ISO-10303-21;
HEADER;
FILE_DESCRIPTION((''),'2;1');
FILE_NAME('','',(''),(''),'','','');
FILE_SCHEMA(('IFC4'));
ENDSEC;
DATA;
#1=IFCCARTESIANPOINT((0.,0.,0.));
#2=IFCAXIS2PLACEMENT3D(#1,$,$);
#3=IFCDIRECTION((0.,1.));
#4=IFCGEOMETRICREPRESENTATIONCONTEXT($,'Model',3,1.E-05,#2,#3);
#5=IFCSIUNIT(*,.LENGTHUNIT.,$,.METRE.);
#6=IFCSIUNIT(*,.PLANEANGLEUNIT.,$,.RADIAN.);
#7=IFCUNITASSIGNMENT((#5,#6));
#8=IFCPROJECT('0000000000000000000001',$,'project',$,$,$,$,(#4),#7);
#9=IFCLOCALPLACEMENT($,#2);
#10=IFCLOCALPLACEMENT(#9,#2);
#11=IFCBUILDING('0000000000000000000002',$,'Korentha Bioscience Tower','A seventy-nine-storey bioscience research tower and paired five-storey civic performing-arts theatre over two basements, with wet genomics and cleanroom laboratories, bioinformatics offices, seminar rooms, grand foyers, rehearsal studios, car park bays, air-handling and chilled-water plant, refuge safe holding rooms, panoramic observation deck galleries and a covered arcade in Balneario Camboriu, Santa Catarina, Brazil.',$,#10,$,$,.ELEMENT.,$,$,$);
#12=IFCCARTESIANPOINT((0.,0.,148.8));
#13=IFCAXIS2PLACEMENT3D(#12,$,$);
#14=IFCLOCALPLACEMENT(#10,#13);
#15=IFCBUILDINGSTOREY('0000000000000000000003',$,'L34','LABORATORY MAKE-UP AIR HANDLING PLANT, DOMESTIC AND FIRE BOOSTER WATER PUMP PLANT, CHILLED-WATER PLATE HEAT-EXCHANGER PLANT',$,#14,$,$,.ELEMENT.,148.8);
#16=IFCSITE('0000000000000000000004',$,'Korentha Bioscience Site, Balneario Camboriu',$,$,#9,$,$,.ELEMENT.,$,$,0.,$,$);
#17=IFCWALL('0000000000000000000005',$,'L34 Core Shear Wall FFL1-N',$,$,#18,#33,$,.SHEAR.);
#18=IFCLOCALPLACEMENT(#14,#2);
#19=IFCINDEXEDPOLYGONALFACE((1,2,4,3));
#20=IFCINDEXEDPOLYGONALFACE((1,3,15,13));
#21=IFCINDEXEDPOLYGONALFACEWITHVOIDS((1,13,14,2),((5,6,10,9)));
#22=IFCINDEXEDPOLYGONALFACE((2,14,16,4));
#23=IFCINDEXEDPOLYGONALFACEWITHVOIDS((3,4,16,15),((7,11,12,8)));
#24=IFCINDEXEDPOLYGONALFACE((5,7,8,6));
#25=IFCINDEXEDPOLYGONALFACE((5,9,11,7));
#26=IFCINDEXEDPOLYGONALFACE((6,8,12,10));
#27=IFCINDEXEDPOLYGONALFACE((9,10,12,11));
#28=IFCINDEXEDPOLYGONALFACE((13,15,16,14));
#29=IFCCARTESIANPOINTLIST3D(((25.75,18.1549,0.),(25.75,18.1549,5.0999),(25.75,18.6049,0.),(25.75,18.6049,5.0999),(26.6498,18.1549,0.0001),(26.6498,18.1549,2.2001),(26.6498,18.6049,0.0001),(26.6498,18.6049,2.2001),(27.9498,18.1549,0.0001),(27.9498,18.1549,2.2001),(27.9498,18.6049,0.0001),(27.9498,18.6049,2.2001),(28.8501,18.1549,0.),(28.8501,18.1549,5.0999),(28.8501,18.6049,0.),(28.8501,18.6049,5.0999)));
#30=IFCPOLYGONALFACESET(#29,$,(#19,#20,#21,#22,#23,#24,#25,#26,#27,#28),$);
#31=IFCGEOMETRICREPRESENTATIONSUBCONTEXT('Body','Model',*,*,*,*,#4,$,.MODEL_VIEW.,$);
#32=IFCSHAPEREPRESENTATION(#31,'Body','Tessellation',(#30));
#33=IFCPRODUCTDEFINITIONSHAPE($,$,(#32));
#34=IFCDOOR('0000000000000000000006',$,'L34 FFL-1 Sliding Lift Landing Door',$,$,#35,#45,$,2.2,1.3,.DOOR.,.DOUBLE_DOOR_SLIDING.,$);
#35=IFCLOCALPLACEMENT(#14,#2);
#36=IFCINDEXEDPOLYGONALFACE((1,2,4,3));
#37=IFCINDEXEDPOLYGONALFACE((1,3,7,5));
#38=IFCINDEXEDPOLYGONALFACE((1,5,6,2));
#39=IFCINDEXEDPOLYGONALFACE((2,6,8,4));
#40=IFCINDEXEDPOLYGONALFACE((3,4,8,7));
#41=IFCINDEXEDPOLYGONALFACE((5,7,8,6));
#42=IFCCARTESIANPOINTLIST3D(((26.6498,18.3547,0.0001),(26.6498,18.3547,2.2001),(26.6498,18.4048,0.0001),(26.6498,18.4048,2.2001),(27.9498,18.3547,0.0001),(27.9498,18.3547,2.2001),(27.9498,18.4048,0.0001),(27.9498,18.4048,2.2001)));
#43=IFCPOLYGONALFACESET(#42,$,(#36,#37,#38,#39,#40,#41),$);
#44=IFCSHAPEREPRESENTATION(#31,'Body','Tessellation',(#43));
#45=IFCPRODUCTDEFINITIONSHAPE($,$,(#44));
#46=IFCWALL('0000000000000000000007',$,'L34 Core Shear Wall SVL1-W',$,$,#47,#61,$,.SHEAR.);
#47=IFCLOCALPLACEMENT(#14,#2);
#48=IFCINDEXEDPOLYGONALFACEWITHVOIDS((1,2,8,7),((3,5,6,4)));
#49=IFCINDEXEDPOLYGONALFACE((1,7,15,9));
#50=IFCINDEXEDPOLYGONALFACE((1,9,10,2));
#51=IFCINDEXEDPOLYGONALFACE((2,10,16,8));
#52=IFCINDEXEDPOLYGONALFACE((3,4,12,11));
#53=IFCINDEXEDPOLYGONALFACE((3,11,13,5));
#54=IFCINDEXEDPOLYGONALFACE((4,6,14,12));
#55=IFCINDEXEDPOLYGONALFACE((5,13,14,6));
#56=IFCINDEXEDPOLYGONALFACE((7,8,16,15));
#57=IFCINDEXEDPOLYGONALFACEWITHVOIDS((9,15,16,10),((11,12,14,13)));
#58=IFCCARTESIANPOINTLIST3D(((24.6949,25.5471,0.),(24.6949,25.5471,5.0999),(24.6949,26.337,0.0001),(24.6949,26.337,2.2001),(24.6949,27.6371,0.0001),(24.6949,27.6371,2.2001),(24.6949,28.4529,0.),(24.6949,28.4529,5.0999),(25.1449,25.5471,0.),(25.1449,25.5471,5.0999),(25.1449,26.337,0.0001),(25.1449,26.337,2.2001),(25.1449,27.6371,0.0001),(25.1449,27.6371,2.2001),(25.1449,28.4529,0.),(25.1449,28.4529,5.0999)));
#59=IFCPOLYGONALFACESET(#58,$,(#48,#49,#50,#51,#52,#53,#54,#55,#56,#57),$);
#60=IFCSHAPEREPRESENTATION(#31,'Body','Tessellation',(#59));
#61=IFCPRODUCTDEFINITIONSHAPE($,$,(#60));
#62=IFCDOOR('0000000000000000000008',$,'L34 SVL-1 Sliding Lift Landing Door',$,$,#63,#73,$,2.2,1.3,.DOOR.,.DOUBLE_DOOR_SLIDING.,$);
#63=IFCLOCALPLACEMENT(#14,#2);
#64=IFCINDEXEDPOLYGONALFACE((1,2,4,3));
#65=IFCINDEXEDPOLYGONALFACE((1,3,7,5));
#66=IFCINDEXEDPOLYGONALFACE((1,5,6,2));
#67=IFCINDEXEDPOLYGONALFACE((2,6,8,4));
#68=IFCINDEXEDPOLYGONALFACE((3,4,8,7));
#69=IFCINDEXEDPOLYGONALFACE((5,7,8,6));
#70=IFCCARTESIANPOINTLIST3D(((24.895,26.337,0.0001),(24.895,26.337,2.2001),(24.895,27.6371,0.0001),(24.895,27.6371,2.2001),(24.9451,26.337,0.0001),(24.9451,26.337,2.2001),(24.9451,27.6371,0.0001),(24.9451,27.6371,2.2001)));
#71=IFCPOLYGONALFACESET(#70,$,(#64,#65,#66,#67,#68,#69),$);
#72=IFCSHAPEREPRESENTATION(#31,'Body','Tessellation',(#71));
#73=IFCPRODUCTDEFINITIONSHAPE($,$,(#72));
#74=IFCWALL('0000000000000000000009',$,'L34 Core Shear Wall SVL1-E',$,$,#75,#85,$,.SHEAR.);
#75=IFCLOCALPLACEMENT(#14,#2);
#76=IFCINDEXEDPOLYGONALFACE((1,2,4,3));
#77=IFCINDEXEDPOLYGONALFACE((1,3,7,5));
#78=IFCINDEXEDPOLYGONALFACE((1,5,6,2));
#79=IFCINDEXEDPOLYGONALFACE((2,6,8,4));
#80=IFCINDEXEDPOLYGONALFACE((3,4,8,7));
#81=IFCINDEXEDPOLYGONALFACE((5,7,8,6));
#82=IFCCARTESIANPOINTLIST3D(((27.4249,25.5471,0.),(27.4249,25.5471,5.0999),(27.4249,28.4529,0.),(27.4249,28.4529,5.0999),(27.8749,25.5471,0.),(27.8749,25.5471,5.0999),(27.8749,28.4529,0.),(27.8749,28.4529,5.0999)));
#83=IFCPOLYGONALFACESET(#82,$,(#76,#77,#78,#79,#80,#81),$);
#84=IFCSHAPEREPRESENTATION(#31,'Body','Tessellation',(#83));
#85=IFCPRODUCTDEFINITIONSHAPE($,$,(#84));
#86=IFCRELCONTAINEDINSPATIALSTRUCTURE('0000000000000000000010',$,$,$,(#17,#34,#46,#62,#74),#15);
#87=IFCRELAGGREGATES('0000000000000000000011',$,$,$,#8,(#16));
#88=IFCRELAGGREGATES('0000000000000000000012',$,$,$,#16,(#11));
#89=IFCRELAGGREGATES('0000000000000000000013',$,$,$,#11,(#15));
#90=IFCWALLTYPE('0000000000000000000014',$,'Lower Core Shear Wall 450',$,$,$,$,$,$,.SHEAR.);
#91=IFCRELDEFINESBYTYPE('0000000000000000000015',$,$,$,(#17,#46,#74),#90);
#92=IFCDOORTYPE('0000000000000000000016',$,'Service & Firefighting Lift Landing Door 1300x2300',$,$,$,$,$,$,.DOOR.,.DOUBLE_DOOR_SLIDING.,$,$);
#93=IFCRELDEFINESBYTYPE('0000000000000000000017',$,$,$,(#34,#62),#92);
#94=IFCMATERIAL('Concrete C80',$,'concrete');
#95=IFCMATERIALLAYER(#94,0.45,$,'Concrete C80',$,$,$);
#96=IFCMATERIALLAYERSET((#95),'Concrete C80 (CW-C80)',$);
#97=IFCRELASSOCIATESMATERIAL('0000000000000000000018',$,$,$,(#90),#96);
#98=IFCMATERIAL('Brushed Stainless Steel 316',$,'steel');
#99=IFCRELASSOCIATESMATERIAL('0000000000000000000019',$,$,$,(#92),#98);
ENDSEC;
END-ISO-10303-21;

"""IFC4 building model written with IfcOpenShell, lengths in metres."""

from ifc_helpers import new_model, si_unit, direction, frame, frame_2d, origin, place, context, subcontext, project, spatial, rectangle, extrude, material, layer, layer_set, type_object, element, fill, save


model = new_model("IFC4")

# Units and contexts
model_context = context("Model", 3, precision=1e-05, world=origin(), true_north=direction((0.0, 1.0)))
body_context = subcontext(model_context, "Body", "Model", "MODEL_VIEW")
ifc_project = project(units=[si_unit("LENGTHUNIT", "METRE"), si_unit("PLANEANGLEUNIT", "RADIAN")], contexts=[model_context])

# Site, building, storey
site_placement = place(None, origin())
site = spatial("IfcSite", under=ifc_project, at=site_placement, Name="Korentha Bioscience Site, Balneario Camboriu", CompositionType="ELEMENT", RefElevation=0.0)
building_placement = place(site_placement, origin())
building = spatial("IfcBuilding", under=site, at=building_placement, Name="Korentha Bioscience Tower", Description="A seventy-nine-storey bioscience research tower and paired five-storey civic performing-arts theatre over two basements, with wet genomics and cleanroom laboratories, bioinformatics offices, seminar rooms, grand foyers, rehearsal studios, car park bays, air-handling and chilled-water plant, refuge safe holding rooms, panoramic observation deck galleries and a covered arcade in Balneario Camboriu, Santa Catarina, Brazil.", CompositionType="ELEMENT")
storey_placement = place(building_placement, frame((0.0, 0.0, 148.8)))
storey = spatial("IfcBuildingStorey", under=building, at=storey_placement, Name="L34", Description="LABORATORY MAKE-UP AIR HANDLING PLANT, DOMESTIC AND FIRE BOOSTER WATER PUMP PLANT, CHILLED-WATER PLATE HEAT-EXCHANGER PLANT", CompositionType="ELEMENT", Elevation=148.8)

# Shared definitions
ifc_material_1 = material(Name="Concrete C80", Category="concrete")
ifc_layer_1 = layer(ifc_material_1, 0.45, Name="Concrete C80")
ifc_layer_set_1 = layer_set([ifc_layer_1], Name="Concrete C80 (CW-C80)")
wall_type_1 = type_object("IfcWallType", Name="Lower Core Shear Wall 450", PredefinedType="SHEAR", material=ifc_layer_set_1)

# Walls, openings, doors
wall_1_placement = place(storey_placement, frame((25.75, 18.3799, 0.0), z_axis=(0.0, 0.0, 1.0), x_axis=(1.0, 0.0, 0.0)))
wall_1 = element("IfcWall", 1, at=wall_1_placement, inside=storey, type_object=wall_type_1, Name="L34 Core Shear Wall FFL1-N", PredefinedType="SHEAR", context=body_context, shape_type="SweptSolid", body=[
    extrude(rectangle(XDim=3.1001, YDim=0.45, at=frame_2d((1.55, 0.0))), origin(), (0.0, 0.0, 1.0), 5.0999),
])
opening_1_placement = place(wall_1_placement, frame((0.8999, 0.0, 0.0)))
opening_1 = element("IfcOpeningElement", 2, at=opening_1_placement, cuts=wall_1, PredefinedType="OPENING", context=body_context, shape_type="SweptSolid", body=[
    extrude(rectangle(XDim=1.3, YDim=2.2, at=frame_2d((0.6499, 1.1001))), frame((0.0, 0.2397, 0.0), z_axis=(0.0, -1.0, 0.0), x_axis=(1.0, 0.0, 0.0)), (0.0, 0.0, 1.0), 0.4797),
])
ifc_material_2 = material(Name="Brushed Stainless Steel 316", Category="steel")
door_type_1 = type_object("IfcDoorType", Name="Service & Firefighting Lift Landing Door 1300x2300", OperationType="DOUBLE_DOOR_SLIDING", PredefinedType="DOOR", material=ifc_material_2)
door_1_placement = place(opening_1_placement, origin())
door_1 = element("IfcDoor", 3, at=door_1_placement, inside=storey, type_object=door_type_1, Name="L34 FFL-1 Sliding Lift Landing Door", OperationType="DOUBLE_DOOR_SLIDING", OverallHeight=2.2, OverallWidth=1.3, PredefinedType="DOOR", context=body_context, shape_type="SweptSolid", body=[
    extrude(rectangle(XDim=1.3, YDim=2.2, at=frame_2d((0.6499, 1.1001))), frame((0.0, 0.0249, 0.0), z_axis=(0.0, -1.0, 0.0), x_axis=(1.0, 0.0, 0.0)), (0.0, 0.0, 1.0), 0.05),
])
fill(opening_1, door_1)
wall_2_placement = place(storey_placement, frame((24.9199, 25.5471, 0.0), z_axis=(0.0, 0.0, 1.0), x_axis=(0.0, 1.0, 0.0)))
wall_2 = element("IfcWall", 4, at=wall_2_placement, inside=storey, type_object=wall_type_1, Name="L34 Core Shear Wall SVL1-W", PredefinedType="SHEAR", context=body_context, shape_type="SweptSolid", body=[
    extrude(rectangle(XDim=2.9058, YDim=0.45, at=frame_2d((1.4529, 0.0))), origin(), (0.0, 0.0, 1.0), 5.0999),
])
opening_2_placement = place(wall_2_placement, frame((0.79, 0.0, 0.0)))
opening_2 = element("IfcOpeningElement", 5, at=opening_2_placement, cuts=wall_2, PredefinedType="OPENING", context=body_context, shape_type="SweptSolid", body=[
    extrude(rectangle(XDim=1.3, YDim=2.2, at=frame_2d((0.6499, 1.1001))), frame((0.0, 0.2397, 0.0), z_axis=(0.0, -1.0, 0.0), x_axis=(1.0, 0.0, 0.0)), (0.0, 0.0, 1.0), 0.4797),
])
door_2_placement = place(opening_2_placement, origin())
door_2 = element("IfcDoor", 6, at=door_2_placement, inside=storey, type_object=door_type_1, Name="L34 SVL-1 Sliding Lift Landing Door", OperationType="DOUBLE_DOOR_SLIDING", OverallHeight=2.2, OverallWidth=1.3, PredefinedType="DOOR", context=body_context, shape_type="SweptSolid", body=[
    extrude(rectangle(XDim=1.3, YDim=2.2, at=frame_2d((0.6499, 1.1001))), frame((0.0, 0.0249, 0.0), z_axis=(0.0, -1.0, 0.0), x_axis=(1.0, 0.0, 0.0)), (0.0, 0.0, 1.0), 0.05),
])
fill(opening_2, door_2)

# Wall
wall_3_placement = place(storey_placement, frame((27.6499, 25.5471, 0.0), z_axis=(0.0, 0.0, 1.0), x_axis=(0.0, 1.0, 0.0)))
element("IfcWall", 7, at=wall_3_placement, inside=storey, type_object=wall_type_1, Name="L34 Core Shear Wall SVL1-E", PredefinedType="SHEAR", context=body_context, shape_type="SweptSolid", body=[
    extrude(rectangle(XDim=2.9058, YDim=0.45, at=frame_2d((1.4529, 0.0))), origin(), (0.0, 0.0, 1.0), 5.0999),
])

save(model, "model.ifc")
